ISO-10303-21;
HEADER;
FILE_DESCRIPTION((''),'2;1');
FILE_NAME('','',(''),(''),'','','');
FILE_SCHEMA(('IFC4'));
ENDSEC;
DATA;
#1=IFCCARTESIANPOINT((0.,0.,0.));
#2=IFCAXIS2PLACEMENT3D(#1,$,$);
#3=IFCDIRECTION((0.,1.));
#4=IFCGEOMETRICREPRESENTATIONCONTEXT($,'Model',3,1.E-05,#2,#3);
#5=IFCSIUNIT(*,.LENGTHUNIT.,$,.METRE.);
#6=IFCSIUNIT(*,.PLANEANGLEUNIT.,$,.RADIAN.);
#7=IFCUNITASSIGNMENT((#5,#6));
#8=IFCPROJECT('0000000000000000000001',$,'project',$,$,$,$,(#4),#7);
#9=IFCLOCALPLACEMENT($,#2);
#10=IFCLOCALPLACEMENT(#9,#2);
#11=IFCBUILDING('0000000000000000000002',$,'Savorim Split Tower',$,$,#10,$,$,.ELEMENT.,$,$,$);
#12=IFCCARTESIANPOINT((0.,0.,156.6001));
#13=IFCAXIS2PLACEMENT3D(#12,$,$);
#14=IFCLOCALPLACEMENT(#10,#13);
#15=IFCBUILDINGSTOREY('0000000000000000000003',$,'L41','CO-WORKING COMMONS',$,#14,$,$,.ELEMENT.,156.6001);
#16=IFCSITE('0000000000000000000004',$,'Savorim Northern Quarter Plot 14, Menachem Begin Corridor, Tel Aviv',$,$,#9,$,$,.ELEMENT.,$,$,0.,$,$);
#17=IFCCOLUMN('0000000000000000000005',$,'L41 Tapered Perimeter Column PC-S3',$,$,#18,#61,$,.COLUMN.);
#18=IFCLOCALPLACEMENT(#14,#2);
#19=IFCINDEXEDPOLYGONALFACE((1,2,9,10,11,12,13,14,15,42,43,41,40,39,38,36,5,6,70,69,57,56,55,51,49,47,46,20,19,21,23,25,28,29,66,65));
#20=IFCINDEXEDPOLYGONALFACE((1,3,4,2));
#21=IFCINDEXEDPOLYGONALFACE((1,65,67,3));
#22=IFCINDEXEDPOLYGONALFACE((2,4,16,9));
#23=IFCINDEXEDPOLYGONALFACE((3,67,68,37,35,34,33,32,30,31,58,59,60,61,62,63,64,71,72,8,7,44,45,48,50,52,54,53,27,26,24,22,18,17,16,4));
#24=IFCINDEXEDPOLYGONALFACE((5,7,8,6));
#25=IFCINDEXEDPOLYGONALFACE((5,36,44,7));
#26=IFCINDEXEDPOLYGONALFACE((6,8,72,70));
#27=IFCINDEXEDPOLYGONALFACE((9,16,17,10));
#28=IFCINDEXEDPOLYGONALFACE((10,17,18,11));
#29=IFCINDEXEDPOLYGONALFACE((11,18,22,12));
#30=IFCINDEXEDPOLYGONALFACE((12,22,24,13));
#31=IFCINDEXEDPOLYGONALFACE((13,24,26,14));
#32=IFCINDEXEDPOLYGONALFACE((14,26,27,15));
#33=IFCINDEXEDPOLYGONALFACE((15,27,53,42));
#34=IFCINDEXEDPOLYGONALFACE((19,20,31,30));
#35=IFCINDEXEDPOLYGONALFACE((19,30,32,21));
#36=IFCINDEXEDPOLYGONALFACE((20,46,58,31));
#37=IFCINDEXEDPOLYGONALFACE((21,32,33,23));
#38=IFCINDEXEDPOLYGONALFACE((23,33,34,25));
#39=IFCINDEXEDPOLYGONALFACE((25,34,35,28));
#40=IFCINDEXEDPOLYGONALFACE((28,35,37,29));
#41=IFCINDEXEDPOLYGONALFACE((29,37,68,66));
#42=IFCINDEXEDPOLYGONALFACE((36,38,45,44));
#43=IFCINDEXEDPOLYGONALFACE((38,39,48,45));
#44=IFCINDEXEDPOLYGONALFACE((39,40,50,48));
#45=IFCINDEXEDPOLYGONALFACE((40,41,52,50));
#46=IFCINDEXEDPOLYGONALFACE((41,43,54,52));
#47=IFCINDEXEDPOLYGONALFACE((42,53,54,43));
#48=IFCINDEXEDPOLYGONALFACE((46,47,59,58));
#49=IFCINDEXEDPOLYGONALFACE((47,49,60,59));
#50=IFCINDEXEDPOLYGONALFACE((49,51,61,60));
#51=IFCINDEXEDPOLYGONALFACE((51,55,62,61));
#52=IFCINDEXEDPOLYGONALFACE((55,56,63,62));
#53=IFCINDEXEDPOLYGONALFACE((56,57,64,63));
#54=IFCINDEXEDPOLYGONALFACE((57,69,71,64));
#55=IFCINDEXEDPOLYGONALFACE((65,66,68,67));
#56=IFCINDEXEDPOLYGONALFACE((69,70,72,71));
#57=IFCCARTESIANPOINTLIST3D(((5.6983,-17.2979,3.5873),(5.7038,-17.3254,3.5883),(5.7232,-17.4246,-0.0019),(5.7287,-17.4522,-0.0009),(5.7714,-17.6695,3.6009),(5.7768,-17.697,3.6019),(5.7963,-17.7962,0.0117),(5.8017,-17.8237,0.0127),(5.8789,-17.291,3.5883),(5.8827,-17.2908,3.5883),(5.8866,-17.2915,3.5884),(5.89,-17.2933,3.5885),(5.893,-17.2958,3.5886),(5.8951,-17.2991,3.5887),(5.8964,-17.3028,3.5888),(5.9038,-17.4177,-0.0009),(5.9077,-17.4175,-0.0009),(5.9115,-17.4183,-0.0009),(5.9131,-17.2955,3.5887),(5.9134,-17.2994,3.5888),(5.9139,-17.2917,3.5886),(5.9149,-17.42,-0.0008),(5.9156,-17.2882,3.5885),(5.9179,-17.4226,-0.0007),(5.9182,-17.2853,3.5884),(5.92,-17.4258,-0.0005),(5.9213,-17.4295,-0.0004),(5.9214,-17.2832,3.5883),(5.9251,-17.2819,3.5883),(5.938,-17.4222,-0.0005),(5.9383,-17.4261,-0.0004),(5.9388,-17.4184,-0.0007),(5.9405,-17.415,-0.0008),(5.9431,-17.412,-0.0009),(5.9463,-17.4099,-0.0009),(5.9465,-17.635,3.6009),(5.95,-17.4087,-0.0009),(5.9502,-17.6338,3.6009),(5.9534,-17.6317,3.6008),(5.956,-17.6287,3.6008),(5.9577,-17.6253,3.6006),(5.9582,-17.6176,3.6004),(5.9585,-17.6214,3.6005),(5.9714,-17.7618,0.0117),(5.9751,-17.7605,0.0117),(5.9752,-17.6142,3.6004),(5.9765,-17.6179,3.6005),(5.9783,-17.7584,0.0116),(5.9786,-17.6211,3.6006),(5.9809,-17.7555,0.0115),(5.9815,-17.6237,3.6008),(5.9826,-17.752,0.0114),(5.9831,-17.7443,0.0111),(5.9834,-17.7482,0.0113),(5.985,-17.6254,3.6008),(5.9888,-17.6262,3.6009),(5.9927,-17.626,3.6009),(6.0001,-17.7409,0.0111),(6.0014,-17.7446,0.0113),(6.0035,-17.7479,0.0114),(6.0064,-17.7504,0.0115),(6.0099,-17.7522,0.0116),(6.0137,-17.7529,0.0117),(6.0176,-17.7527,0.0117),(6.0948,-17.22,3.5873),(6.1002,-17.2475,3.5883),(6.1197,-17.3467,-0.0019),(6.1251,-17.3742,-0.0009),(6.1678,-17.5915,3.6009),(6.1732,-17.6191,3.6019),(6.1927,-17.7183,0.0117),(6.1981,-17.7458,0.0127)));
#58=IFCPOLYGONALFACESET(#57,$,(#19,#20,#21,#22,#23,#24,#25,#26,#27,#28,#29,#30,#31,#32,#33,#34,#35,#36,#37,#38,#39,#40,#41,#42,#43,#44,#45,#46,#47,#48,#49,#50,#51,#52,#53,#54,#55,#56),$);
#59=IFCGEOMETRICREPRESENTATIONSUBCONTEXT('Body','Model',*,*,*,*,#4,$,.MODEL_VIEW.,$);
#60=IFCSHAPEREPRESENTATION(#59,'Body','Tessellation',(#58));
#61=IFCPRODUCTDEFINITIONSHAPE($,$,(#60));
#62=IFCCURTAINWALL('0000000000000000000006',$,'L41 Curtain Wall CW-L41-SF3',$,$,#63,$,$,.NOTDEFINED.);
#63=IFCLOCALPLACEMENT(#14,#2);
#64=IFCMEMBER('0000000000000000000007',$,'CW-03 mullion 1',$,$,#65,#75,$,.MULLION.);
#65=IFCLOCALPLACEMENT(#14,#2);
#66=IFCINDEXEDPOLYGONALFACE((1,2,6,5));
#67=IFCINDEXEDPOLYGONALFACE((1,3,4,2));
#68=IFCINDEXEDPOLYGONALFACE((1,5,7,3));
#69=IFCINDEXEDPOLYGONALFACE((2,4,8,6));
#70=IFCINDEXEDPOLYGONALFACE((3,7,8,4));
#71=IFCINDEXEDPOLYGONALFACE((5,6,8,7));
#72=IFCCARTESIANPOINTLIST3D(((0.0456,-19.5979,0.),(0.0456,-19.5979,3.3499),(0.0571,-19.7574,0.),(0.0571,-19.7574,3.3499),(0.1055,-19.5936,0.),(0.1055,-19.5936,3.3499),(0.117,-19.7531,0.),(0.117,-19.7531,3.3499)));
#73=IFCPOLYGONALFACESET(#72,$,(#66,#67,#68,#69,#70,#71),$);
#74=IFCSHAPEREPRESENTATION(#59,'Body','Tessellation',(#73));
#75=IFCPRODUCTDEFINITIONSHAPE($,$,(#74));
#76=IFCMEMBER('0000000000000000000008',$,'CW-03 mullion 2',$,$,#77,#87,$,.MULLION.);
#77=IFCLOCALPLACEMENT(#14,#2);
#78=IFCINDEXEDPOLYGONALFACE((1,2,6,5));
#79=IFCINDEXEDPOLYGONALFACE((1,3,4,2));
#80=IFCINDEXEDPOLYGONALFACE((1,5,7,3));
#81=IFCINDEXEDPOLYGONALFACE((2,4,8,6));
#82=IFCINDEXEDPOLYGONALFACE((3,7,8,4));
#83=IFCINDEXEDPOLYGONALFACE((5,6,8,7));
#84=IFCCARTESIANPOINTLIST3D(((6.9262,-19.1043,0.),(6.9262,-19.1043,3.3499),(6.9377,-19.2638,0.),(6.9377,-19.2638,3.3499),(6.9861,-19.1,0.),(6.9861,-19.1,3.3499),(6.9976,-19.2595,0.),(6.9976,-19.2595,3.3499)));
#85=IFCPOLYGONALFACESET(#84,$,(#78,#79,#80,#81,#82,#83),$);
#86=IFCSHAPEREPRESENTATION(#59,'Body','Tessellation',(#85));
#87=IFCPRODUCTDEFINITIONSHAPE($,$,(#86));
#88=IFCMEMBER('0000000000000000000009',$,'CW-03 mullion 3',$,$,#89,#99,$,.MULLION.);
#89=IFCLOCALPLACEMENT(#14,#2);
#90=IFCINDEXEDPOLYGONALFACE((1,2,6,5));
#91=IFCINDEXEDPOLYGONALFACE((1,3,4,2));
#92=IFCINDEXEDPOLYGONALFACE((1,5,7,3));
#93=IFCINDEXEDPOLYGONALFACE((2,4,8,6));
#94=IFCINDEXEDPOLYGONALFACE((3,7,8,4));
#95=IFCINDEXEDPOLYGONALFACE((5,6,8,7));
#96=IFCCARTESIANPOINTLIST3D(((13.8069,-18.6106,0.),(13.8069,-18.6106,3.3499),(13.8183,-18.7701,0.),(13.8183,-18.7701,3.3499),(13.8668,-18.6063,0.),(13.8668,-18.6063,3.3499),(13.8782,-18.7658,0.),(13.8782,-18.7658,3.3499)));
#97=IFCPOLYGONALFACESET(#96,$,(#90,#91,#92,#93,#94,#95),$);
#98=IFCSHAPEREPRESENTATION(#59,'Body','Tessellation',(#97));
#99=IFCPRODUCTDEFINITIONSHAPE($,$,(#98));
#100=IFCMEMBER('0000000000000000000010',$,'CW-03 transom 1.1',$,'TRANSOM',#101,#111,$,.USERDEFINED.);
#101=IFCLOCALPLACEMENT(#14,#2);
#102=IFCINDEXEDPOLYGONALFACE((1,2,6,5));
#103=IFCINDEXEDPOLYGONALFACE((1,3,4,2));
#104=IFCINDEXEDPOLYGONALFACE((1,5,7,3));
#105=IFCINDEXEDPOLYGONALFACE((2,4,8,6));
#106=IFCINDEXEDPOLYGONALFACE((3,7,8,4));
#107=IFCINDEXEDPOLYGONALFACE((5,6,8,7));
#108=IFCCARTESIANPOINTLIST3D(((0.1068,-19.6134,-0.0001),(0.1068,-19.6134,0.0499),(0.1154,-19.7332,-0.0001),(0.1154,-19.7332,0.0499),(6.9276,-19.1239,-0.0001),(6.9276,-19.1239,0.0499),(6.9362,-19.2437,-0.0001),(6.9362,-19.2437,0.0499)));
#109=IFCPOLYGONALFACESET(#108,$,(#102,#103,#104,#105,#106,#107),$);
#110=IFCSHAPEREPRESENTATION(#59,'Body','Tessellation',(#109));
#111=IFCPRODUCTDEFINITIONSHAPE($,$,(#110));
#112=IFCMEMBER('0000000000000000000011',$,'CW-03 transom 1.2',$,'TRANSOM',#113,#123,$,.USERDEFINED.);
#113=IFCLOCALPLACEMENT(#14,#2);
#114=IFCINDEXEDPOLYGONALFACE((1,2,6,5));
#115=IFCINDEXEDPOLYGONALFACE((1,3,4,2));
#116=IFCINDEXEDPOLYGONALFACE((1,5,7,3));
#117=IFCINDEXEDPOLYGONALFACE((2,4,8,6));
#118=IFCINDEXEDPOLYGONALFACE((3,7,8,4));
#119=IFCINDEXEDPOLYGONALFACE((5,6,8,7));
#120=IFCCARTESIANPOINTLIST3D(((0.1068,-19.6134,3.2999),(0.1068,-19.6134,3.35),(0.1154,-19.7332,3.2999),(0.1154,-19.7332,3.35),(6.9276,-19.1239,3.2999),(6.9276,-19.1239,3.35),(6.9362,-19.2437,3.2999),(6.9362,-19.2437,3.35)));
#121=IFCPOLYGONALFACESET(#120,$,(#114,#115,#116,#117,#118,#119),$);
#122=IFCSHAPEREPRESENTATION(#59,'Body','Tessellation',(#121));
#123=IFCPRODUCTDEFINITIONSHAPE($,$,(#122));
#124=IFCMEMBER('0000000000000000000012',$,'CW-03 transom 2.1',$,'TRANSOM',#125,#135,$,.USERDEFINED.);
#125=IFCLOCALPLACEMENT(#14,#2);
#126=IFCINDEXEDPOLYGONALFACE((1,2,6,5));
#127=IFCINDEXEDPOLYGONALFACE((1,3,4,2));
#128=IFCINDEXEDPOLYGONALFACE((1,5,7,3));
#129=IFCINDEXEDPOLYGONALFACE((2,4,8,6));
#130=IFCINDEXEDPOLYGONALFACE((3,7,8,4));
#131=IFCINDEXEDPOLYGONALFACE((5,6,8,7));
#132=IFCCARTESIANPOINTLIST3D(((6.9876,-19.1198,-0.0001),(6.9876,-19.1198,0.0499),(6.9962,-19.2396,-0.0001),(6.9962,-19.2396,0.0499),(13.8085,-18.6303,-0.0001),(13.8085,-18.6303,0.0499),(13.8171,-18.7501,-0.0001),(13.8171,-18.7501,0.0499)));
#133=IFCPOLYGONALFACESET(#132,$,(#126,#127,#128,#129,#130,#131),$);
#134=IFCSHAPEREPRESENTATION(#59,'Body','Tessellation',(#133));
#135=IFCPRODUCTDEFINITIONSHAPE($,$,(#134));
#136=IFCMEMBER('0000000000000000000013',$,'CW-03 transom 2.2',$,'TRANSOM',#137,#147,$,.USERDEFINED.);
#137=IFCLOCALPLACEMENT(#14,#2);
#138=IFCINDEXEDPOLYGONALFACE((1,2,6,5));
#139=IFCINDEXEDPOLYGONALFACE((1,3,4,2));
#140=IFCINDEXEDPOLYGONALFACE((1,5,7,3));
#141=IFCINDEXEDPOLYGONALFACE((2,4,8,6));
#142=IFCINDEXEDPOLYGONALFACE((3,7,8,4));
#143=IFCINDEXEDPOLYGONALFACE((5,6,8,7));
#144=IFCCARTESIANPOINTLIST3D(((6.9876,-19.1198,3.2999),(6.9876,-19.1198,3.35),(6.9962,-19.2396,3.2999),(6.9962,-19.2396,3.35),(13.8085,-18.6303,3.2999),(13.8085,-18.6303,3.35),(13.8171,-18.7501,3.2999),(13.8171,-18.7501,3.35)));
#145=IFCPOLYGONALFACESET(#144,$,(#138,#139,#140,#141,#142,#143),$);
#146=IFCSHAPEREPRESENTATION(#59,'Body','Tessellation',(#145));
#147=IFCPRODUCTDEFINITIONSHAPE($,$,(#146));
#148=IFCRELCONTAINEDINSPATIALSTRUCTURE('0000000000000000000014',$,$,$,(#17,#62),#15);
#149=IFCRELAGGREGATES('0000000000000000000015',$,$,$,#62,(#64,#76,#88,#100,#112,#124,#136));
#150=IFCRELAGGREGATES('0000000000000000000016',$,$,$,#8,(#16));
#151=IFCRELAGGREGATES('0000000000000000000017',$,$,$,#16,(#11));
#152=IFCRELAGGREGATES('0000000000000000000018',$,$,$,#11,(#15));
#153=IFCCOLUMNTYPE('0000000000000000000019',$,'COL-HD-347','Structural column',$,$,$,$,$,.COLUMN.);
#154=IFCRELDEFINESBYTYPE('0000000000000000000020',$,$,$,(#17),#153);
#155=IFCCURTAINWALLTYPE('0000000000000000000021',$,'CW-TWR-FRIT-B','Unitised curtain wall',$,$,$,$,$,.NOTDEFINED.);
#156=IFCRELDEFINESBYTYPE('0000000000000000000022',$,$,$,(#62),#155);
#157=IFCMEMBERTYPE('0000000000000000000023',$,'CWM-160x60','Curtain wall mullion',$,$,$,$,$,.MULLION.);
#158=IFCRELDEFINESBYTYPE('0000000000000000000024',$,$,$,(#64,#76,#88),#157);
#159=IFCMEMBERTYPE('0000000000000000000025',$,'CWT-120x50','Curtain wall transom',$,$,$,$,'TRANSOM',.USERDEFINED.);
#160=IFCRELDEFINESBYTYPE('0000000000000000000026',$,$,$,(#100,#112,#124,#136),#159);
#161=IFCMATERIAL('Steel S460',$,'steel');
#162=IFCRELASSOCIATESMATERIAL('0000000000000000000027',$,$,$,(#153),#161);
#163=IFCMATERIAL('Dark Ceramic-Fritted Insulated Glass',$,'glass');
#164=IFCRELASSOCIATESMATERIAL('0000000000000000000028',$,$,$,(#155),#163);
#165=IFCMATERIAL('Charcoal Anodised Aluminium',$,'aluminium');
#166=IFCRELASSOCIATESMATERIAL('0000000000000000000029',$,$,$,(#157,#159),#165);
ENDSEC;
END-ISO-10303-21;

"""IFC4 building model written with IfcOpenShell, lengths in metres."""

from ifc_helpers import new_model, si_unit, direction, frame, origin, origin_2d, place, context, subcontext, project, spatial, rectangle, i_section, extrude, material, material_profile, profile_set, type_object, element, aggregate, save


model = new_model("IFC4")

# Units and contexts
model_context = context("Model", 3, precision=1e-05, world=origin(), true_north=direction((0.0, 1.0)))
body_context = subcontext(model_context, "Body", "Model", "MODEL_VIEW")
ifc_project = project(units=[si_unit("LENGTHUNIT", "METRE"), si_unit("PLANEANGLEUNIT", "RADIAN")], contexts=[model_context])

# Site, building, storey
site_placement = place(None, origin())
site = spatial("IfcSite", under=ifc_project, at=site_placement, Name="Savorim Northern Quarter Plot 14, Menachem Begin Corridor, Tel Aviv", CompositionType="ELEMENT", RefElevation=0.0)
building_placement = place(site_placement, origin())
building = spatial("IfcBuilding", under=site, at=building_placement, Name="Savorim Split Tower", CompositionType="ELEMENT")
storey_placement = place(building_placement, frame((0.0, 0.0, 156.6001)))
storey = spatial("IfcBuildingStorey", under=building, at=storey_placement, Name="L41", Description="CO-WORKING COMMONS", CompositionType="ELEMENT", Elevation=156.6001)

# Column
ifc_material_1 = material(Name="Steel S460", Category="steel")
ifc_material_profile_1 = material_profile(ifc_material_1, i_section(OverallWidth=0.4041, OverallDepth=0.407, WebThickness=0.0173, FlangeThickness=0.0281, FilletRadius=0.0149, at=origin_2d()), Name="HD 400x347")
ifc_profile_set_1 = profile_set([ifc_material_profile_1], Name="Steel S460")
column_type = type_object("IfcColumnType", Name="COL-HD-347", Description="Structural column", PredefinedType="COLUMN", material=ifc_profile_set_1)
column_placement = place(storey_placement, frame((5.9607, -17.5852, 0.0054), z_axis=(-0.006934, 0.035281, 0.999353), x_axis=(-0.98123, -0.192843, 0.0)))
element("IfcColumn", 1, at=column_placement, inside=storey, type_object=column_type, Name="L41 Tapered Perimeter Column PC-S3", PredefinedType="COLUMN", context=body_context, shape_type="SweptSolid", body=[
    extrude(i_section(OverallWidth=0.4041, OverallDepth=0.407, WebThickness=0.0173, FlangeThickness=0.0281, FilletRadius=0.0149, at=origin_2d()), origin(), (0.0, 0.0, 1.0), 3.5916),
])

# Curtain wall, members
ifc_material_2 = material(Name="Dark Ceramic-Fritted Insulated Glass", Category="glass")
curtain_wall_type = type_object("IfcCurtainWallType", Name="CW-TWR-FRIT-B", Description="Unitised curtain wall", PredefinedType="NOTDEFINED", material=ifc_material_2)
curtain_wall_placement = place(storey_placement, origin())
curtain_wall = element("IfcCurtainWall", 2, at=curtain_wall_placement, inside=storey, type_object=curtain_wall_type, Name="L41 Curtain Wall CW-L41-SF3", PredefinedType="NOTDEFINED")
ifc_material_3 = material(Name="Charcoal Anodised Aluminium", Category="aluminium")
ifc_material_profile_2 = material_profile(ifc_material_3, rectangle(XDim=0.1599, YDim=0.0601, at=origin_2d()), Name="ALU-M 160x60")
ifc_profile_set_2 = profile_set([ifc_material_profile_2], Name="Charcoal Anodised Aluminium")
member_type_1 = type_object("IfcMemberType", Name="CWM-160x60", Description="Curtain wall mullion", PredefinedType="MULLION", material=ifc_profile_set_2)
member_1_placement = place(storey_placement, frame((0.0813, -19.6755, 0.0), z_axis=(0.0, 0.0, 1.0), x_axis=(-0.071561, 0.997436, 0.0)))
member_1 = element("IfcMember", 3, at=member_1_placement, type_object=member_type_1, Name="CW-03 mullion 1", PredefinedType="MULLION", context=body_context, shape_type="SweptSolid", body=[
    extrude(rectangle(XDim=0.1599, YDim=0.0601, at=origin_2d()), origin(), (0.0, 0.0, 1.0), 3.3499),
])
member_2_placement = place(storey_placement, frame((6.9619, -19.1819, 0.0), z_axis=(0.0, 0.0, 1.0), x_axis=(-0.071561, 0.997436, 0.0)))
member_2 = element("IfcMember", 4, at=member_2_placement, type_object=member_type_1, Name="CW-03 mullion 2", PredefinedType="MULLION", context=body_context, shape_type="SweptSolid", body=[
    extrude(rectangle(XDim=0.1599, YDim=0.0601, at=origin_2d()), origin(), (0.0, 0.0, 1.0), 3.3499),
])
member_3_placement = place(storey_placement, frame((13.8425, -18.6882, 0.0), z_axis=(0.0, 0.0, 1.0), x_axis=(-0.071561, 0.997436, 0.0)))
member_3 = element("IfcMember", 5, at=member_3_placement, type_object=member_type_1, Name="CW-03 mullion 3", PredefinedType="MULLION", context=body_context, shape_type="SweptSolid", body=[
    extrude(rectangle(XDim=0.1599, YDim=0.0601, at=origin_2d()), origin(), (0.0, 0.0, 1.0), 3.3499),
])
ifc_material_profile_3 = material_profile(ifc_material_3, rectangle(XDim=0.1201, YDim=0.05, at=origin_2d()), Name="ALU-T 120x50")
ifc_profile_set_3 = profile_set([ifc_material_profile_3], Name="Charcoal Anodised Aluminium")
member_type_2 = type_object("IfcMemberType", Name="CWT-120x50", Description="Curtain wall transom", ElementType="TRANSOM", PredefinedType="USERDEFINED", material=ifc_profile_set_3)
member_4_placement = place(storey_placement, frame((0.1111, -19.6733, 0.0249), z_axis=(0.997435, 0.071582, 0.0), x_axis=(-0.071582, 0.997435, 0.0)))
member_4 = element("IfcMember", 6, at=member_4_placement, type_object=member_type_2, Name="CW-03 transom 1.1", ObjectType="TRANSOM", PredefinedType="USERDEFINED", context=body_context, shape_type="SweptSolid", body=[
    extrude(rectangle(XDim=0.1201, YDim=0.05, at=origin_2d()), origin(), (0.0, 0.0, 1.0), 6.8384),
])
member_5_placement = place(storey_placement, frame((0.1111, -19.6733, 3.325), z_axis=(0.997435, 0.071582, 0.0), x_axis=(-0.071582, 0.997435, 0.0)))
member_5 = element("IfcMember", 7, at=member_5_placement, type_object=member_type_2, Name="CW-03 transom 1.2", ObjectType="TRANSOM", PredefinedType="USERDEFINED", context=body_context, shape_type="SweptSolid", body=[
    extrude(rectangle(XDim=0.1201, YDim=0.05, at=origin_2d()), origin(), (0.0, 0.0, 1.0), 6.8384),
])
member_6_placement = place(storey_placement, frame((6.9919, -19.1797, 0.0249), z_axis=(0.997435, 0.071582, 0.0), x_axis=(-0.071582, 0.997435, 0.0)))
member_6 = element("IfcMember", 8, at=member_6_placement, type_object=member_type_2, Name="CW-03 transom 2.1", ObjectType="TRANSOM", PredefinedType="USERDEFINED", context=body_context, shape_type="SweptSolid", body=[
    extrude(rectangle(XDim=0.1201, YDim=0.05, at=origin_2d()), origin(), (0.0, 0.0, 1.0), 6.8384),
])
member_7_placement = place(storey_placement, frame((6.9919, -19.1797, 3.325), z_axis=(0.997435, 0.071582, 0.0), x_axis=(-0.071582, 0.997435, 0.0)))
member_7 = element("IfcMember", 9, at=member_7_placement, type_object=member_type_2, Name="CW-03 transom 2.2", ObjectType="TRANSOM", PredefinedType="USERDEFINED", context=body_context, shape_type="SweptSolid", body=[
    extrude(rectangle(XDim=0.1201, YDim=0.05, at=origin_2d()), origin(), (0.0, 0.0, 1.0), 6.8384),
])

aggregate(curtain_wall, [member_1, member_2, member_3, member_4, member_5, member_6, member_7])

save(model, "model.ifc")
